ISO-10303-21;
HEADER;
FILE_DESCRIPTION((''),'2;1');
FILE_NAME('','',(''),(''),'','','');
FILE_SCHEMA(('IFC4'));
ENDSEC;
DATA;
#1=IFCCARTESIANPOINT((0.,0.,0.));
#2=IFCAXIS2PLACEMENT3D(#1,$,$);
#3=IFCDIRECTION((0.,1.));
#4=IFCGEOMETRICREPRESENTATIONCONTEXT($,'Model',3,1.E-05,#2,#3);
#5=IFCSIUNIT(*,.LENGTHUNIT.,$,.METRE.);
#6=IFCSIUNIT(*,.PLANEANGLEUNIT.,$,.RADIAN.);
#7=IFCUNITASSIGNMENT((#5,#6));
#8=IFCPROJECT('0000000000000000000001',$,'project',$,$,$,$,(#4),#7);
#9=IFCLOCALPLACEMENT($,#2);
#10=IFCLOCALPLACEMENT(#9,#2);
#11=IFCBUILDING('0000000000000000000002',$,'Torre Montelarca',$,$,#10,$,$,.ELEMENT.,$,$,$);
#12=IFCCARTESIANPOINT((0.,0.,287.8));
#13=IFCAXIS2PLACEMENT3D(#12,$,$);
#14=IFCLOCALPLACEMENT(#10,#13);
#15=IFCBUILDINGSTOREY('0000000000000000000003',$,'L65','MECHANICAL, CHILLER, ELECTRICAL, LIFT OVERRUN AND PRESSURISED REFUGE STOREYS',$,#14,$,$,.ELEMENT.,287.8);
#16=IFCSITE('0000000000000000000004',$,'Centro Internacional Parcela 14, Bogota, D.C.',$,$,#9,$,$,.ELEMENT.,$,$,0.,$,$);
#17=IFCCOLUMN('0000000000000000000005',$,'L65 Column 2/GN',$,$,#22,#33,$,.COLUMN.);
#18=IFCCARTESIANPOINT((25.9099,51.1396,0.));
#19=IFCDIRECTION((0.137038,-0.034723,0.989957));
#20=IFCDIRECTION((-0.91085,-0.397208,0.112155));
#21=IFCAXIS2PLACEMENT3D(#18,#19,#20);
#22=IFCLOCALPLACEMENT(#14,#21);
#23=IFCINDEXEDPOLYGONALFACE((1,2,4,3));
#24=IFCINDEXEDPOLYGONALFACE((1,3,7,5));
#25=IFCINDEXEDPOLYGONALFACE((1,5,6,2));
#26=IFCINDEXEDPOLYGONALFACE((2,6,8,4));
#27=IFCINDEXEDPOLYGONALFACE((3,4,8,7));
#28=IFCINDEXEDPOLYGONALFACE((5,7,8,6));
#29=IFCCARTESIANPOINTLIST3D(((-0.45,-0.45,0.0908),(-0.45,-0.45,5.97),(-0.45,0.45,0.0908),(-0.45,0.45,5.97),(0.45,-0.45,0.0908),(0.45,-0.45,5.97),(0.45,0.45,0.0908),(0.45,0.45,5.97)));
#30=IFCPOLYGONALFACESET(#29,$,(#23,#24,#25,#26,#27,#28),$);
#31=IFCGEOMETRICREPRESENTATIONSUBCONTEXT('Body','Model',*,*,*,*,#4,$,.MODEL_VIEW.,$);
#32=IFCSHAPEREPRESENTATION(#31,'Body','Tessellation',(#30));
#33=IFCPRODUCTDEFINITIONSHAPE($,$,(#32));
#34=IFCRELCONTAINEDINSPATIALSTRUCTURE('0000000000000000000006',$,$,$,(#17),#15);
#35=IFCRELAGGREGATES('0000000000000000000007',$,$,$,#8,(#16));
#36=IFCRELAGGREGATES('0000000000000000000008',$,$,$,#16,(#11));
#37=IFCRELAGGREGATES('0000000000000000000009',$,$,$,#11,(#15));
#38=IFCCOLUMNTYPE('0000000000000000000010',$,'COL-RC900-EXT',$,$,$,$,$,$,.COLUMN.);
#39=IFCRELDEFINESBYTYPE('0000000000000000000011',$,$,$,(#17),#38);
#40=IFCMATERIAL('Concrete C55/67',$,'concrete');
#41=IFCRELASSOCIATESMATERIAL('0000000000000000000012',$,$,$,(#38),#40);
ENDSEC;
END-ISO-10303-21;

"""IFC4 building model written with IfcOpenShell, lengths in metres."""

from ifc_helpers import new_model, si_unit, direction, frame, origin, origin_2d, place, context, subcontext, project, spatial, rectangle, extrude, clip, halfspace, material, material_profile, profile_set, type_object, element, save


model = new_model("IFC4")

# Units and contexts
model_context = context("Model", 3, precision=1e-05, world=origin(), true_north=direction((0.0, 1.0)))
body_context = subcontext(model_context, "Body", "Model", "MODEL_VIEW")
ifc_project = project(units=[si_unit("LENGTHUNIT", "METRE"), si_unit("PLANEANGLEUNIT", "RADIAN")], contexts=[model_context])

# Site, building, storey
site_placement = place(None, origin())
site = spatial("IfcSite", under=ifc_project, at=site_placement, Name="Centro Internacional Parcela 14, Bogota, D.C.", CompositionType="ELEMENT", RefElevation=0.0)
building_placement = place(site_placement, origin())
building = spatial("IfcBuilding", under=site, at=building_placement, Name="Torre Montelarca", CompositionType="ELEMENT")
storey_placement = place(building_placement, frame((0.0, 0.0, 287.8)))
storey = spatial("IfcBuildingStorey", under=building, at=storey_placement, Name="L65", Description="MECHANICAL, CHILLER, ELECTRICAL, LIFT OVERRUN AND PRESSURISED REFUGE STOREYS", CompositionType="ELEMENT", Elevation=287.8)

# Column
ifc_material_1 = material(Name="Concrete C55/67", Category="concrete")
ifc_material_profile_1 = material_profile(ifc_material_1, rectangle(XDim=0.8999, YDim=0.8999, at=origin_2d()), Name="RC900X900", Category="concrete")
ifc_profile_set_1 = profile_set([ifc_material_profile_1], Name="Concrete C55/67")
column_type_1 = type_object("IfcColumnType", Name="COL-RC900-EXT", PredefinedType="COLUMN", material=ifc_profile_set_1)
column_1_placement = place(storey_placement, frame((25.9099, 51.1396, 0.0), z_axis=(0.137038, -0.034723, 0.989957), x_axis=(-0.91085, -0.397208, 0.112155)))
element("IfcColumn", 1, at=column_1_placement, inside=storey, type_object=column_type_1, Name="L65 Column 2/GN", PredefinedType="COLUMN", context=body_context, shape_type="Clipping", body=[
    clip(clip(extrude(rectangle(XDim=0.8999, YDim=0.8999, at=origin_2d()), origin(), (0.0, 0.0, 1.0), 6.0608), halfspace(frame((0.0, 0.0, 0.0908), z_axis=(0.0, 0.0, -1.0), x_axis=(1.0, 0.0, 0.0)), False)), halfspace(frame((0.0, 0.0, 5.97), z_axis=(0.0, 0.0, 1.0), x_axis=(1.0, 0.0, 0.0)), False)),
])

save(model, "model.ifc")
